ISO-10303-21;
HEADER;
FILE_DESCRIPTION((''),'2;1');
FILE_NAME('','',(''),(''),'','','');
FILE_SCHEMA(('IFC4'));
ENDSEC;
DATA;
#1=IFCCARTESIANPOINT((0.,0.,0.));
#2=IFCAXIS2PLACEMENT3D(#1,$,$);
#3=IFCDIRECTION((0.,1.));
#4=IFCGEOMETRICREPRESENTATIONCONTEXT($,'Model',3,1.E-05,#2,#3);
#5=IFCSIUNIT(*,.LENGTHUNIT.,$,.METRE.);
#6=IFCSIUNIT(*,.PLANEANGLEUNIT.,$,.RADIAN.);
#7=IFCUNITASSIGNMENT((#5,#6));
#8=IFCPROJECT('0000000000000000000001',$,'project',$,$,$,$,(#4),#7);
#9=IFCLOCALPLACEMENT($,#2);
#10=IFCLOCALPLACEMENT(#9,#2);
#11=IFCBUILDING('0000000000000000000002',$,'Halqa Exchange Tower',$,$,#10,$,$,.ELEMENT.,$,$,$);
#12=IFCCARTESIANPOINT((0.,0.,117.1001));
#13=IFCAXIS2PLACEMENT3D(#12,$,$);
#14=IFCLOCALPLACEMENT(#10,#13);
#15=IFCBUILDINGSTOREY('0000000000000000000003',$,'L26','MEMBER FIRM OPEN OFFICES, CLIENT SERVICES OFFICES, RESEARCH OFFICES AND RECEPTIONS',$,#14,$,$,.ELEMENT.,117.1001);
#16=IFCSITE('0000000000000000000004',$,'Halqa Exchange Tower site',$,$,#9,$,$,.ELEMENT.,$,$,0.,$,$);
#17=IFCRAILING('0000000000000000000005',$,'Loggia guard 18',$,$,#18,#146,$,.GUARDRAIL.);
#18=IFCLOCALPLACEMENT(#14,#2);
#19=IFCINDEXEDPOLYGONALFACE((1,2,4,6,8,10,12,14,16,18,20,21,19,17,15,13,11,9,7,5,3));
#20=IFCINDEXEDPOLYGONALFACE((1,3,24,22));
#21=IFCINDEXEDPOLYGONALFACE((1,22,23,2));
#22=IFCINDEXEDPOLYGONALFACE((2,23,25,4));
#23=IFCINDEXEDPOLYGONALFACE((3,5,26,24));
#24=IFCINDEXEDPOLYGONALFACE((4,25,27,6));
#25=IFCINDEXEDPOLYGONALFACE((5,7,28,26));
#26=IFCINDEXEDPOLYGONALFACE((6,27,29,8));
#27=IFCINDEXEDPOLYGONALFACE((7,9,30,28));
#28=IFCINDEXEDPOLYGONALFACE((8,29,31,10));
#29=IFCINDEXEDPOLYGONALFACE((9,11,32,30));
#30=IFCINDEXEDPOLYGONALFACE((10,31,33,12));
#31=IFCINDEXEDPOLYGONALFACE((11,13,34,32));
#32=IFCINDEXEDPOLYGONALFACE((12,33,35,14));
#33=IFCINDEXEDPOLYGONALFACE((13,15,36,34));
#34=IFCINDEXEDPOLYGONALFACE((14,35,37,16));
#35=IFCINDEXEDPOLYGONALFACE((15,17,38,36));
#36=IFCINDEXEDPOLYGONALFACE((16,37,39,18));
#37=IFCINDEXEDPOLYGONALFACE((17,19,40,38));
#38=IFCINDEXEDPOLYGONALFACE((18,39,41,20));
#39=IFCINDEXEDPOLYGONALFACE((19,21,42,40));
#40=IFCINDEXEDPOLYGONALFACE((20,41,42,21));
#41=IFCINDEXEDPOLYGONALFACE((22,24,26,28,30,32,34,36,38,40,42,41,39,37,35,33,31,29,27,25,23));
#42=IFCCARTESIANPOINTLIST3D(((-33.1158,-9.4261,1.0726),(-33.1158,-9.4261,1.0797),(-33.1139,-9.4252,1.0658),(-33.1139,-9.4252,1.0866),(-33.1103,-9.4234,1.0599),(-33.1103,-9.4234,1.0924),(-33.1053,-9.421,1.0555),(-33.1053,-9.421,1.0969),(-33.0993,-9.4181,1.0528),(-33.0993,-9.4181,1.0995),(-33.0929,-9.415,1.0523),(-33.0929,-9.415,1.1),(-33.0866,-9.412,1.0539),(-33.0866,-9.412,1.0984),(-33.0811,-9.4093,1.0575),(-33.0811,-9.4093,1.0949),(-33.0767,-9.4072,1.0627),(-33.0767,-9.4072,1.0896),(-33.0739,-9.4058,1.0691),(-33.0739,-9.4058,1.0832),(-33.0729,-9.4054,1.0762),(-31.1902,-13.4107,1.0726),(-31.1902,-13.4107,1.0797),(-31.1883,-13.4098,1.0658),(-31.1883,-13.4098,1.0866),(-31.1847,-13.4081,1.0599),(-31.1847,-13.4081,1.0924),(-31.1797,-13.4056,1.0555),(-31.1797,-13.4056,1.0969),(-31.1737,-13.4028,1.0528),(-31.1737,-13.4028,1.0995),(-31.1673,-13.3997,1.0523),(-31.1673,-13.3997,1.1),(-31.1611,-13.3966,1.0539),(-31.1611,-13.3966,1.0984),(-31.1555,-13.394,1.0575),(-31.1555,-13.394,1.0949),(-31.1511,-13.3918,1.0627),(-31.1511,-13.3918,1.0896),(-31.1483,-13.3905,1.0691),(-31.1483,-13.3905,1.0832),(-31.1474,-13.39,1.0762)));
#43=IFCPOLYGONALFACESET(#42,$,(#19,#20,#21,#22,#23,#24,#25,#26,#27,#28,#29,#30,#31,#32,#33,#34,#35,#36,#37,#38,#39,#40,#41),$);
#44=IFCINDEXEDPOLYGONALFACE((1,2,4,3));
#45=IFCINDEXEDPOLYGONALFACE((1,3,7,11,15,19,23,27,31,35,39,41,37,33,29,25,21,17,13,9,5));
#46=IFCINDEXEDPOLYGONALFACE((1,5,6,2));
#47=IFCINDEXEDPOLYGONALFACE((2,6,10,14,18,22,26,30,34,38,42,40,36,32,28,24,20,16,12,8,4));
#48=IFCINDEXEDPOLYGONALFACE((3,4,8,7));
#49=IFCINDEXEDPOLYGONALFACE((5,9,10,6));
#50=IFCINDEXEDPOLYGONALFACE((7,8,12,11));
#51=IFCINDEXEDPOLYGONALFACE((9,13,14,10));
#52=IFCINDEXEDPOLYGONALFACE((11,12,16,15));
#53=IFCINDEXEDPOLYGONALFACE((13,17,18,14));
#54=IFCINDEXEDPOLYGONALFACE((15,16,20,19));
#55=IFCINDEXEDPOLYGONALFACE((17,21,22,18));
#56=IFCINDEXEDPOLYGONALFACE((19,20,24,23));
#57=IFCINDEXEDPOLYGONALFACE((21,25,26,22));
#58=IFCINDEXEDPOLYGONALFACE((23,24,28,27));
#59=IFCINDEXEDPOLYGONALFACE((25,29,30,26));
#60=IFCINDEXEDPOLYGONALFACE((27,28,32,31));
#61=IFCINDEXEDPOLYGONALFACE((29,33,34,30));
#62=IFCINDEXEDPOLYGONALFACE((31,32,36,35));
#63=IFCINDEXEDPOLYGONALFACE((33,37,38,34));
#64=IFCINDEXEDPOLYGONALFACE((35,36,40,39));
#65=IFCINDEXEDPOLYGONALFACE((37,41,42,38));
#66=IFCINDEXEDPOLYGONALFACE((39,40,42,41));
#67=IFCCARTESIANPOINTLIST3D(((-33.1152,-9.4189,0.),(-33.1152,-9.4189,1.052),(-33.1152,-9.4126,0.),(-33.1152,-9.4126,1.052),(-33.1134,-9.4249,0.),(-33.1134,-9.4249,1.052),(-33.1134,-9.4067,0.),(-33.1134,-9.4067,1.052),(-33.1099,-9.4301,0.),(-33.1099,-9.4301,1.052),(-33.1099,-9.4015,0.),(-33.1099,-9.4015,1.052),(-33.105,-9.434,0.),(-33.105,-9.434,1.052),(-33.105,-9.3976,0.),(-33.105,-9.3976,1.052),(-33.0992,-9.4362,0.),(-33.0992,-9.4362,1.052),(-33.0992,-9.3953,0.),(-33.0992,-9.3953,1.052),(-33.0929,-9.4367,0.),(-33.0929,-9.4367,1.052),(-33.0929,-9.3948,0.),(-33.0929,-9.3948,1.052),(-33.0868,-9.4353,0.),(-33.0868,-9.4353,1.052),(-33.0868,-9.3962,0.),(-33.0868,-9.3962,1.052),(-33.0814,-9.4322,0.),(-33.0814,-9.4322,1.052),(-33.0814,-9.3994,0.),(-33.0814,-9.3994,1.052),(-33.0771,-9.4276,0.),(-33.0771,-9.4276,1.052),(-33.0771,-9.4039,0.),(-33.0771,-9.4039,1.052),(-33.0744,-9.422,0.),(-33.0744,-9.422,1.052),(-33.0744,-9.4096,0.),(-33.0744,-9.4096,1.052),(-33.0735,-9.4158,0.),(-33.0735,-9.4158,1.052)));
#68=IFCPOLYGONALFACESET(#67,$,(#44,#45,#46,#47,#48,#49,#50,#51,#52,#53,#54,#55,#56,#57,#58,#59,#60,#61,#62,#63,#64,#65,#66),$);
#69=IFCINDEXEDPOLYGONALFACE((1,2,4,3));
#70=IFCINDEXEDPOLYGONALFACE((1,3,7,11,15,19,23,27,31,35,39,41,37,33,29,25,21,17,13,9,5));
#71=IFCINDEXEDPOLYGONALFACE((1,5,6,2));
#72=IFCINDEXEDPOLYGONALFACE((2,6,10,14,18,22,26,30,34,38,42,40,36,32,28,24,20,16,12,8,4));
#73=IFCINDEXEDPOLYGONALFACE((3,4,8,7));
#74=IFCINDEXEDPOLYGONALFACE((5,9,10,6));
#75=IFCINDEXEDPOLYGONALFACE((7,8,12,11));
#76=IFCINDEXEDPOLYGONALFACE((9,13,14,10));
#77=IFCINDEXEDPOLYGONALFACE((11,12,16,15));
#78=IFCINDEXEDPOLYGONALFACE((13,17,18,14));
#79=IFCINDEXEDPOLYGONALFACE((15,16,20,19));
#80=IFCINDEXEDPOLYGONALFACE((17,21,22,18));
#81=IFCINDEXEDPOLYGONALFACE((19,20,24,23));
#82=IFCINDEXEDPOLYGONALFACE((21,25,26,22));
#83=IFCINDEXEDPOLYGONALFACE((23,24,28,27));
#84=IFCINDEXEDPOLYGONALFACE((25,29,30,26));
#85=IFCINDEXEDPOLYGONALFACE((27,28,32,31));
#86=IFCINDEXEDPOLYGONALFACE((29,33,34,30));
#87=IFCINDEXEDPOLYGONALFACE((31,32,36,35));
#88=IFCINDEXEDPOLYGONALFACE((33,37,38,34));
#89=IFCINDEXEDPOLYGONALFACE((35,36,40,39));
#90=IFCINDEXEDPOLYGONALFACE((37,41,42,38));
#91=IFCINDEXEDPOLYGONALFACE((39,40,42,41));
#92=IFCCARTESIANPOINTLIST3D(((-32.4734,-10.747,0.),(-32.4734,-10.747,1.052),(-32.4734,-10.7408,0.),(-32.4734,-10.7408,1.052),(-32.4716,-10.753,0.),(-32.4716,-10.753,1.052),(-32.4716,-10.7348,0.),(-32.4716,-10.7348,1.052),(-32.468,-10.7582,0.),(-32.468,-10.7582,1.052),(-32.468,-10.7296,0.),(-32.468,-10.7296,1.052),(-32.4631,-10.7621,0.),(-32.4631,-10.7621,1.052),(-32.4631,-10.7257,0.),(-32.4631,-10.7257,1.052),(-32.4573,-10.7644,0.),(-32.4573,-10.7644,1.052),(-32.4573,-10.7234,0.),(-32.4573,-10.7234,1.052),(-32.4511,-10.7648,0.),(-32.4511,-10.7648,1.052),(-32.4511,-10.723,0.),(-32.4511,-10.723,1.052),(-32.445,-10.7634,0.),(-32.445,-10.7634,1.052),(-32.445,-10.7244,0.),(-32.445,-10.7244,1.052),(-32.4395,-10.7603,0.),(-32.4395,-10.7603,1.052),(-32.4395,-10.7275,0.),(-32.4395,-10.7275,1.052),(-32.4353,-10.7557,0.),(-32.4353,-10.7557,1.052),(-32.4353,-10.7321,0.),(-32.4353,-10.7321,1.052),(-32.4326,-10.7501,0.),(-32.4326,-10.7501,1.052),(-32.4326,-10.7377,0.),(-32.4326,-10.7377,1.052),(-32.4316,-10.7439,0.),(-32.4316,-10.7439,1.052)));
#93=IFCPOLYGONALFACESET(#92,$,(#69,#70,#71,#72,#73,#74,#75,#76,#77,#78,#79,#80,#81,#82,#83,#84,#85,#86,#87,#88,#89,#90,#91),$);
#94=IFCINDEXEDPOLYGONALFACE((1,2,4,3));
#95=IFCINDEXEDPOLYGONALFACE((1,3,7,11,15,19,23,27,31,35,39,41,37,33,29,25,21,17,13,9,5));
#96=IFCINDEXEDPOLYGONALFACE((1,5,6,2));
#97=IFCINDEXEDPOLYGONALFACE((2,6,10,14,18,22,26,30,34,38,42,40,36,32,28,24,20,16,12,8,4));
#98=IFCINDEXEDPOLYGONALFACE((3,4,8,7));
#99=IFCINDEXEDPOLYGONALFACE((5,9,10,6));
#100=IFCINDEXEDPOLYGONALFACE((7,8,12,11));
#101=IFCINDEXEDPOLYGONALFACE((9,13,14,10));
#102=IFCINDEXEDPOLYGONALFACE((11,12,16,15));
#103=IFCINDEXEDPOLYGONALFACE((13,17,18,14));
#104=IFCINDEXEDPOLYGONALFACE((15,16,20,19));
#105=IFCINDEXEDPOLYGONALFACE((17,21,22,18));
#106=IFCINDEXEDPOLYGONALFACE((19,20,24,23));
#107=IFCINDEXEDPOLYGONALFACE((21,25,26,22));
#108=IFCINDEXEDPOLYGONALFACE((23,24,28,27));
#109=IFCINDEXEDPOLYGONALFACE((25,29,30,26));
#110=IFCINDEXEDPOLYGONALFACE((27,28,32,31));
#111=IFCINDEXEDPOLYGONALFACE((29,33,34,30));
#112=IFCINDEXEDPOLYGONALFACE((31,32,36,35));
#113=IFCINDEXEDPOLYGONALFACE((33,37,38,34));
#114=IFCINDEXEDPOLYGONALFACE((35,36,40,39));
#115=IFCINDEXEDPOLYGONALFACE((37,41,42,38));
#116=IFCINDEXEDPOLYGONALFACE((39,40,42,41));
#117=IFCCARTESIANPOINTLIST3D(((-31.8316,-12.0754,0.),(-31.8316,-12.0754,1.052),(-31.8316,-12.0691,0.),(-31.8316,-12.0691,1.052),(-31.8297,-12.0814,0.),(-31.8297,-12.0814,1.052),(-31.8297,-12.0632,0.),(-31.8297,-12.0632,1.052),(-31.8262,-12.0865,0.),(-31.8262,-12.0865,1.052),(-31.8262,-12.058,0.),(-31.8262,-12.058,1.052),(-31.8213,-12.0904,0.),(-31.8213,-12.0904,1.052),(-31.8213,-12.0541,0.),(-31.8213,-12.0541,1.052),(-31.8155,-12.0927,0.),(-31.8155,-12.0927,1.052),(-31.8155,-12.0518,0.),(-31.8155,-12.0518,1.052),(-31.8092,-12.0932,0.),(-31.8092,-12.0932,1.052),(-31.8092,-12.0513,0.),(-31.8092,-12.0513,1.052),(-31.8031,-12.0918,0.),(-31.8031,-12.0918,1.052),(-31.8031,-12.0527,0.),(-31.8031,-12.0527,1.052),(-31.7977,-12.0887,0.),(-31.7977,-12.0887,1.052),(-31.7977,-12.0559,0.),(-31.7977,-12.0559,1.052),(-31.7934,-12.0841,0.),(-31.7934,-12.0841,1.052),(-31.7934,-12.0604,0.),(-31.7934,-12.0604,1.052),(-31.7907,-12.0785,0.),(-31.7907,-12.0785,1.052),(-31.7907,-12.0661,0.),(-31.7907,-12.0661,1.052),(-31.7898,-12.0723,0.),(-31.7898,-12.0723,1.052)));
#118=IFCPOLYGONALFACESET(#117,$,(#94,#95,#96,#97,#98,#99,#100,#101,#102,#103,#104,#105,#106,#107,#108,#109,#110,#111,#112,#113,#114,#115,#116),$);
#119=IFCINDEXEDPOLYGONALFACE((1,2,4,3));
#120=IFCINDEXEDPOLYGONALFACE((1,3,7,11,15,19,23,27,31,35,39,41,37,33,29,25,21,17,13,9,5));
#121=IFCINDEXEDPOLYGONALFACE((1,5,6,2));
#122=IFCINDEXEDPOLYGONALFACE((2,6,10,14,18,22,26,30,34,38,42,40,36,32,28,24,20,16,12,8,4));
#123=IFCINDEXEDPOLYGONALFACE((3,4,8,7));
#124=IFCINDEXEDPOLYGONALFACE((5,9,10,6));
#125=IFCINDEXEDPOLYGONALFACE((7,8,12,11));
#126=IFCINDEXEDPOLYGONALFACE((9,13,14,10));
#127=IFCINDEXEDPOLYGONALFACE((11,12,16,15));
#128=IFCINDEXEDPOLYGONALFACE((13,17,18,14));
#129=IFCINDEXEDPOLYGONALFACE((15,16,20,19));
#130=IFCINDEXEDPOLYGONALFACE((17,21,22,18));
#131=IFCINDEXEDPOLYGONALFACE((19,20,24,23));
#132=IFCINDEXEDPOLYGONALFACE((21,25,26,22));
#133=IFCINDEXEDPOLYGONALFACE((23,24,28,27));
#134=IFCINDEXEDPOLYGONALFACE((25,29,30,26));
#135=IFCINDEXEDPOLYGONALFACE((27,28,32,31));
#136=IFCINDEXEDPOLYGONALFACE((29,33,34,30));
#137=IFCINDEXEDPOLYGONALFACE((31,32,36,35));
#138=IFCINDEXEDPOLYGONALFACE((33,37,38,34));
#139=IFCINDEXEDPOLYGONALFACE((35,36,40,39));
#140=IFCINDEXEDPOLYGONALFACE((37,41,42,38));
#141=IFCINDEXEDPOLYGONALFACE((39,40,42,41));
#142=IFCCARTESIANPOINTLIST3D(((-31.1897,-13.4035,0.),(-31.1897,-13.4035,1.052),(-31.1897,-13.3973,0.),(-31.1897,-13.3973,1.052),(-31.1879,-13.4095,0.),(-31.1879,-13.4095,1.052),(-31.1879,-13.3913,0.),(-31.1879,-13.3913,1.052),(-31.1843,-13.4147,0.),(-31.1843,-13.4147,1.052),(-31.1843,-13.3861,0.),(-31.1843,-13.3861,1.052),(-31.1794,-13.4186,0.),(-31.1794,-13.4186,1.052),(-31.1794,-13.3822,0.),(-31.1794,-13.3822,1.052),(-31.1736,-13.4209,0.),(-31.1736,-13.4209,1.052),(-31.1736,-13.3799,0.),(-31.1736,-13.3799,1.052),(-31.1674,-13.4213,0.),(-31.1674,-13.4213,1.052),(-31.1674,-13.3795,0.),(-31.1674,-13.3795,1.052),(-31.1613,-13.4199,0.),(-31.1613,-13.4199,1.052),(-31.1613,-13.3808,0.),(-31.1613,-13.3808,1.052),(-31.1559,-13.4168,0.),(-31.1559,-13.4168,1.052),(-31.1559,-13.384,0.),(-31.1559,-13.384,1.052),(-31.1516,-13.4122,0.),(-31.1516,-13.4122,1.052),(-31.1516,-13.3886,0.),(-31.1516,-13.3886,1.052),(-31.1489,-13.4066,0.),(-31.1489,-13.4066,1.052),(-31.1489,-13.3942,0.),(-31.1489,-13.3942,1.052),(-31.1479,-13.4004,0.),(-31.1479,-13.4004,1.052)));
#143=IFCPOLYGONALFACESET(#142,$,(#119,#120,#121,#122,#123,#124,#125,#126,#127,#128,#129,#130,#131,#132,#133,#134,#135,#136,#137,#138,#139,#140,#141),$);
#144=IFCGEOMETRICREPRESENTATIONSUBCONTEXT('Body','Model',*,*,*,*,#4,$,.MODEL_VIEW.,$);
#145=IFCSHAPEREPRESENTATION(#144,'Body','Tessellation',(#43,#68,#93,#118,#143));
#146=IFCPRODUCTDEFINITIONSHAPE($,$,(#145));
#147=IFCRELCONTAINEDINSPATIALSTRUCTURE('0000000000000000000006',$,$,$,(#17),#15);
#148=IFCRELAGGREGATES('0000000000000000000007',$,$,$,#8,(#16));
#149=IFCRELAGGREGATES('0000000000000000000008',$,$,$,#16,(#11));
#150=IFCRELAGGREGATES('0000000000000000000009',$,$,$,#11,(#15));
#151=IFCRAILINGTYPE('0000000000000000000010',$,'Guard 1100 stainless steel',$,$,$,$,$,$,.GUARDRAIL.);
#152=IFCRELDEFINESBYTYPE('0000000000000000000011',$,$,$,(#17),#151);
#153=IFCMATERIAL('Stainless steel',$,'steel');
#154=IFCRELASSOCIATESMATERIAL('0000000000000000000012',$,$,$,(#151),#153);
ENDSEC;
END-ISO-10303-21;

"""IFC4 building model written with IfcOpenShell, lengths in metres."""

from ifc_helpers import new_model, si_unit, direction, frame, origin, origin_2d, place, context, subcontext, project, spatial, circle, extrude, material, type_object, element, save


model = new_model("IFC4")

# Units and contexts
model_context = context("Model", 3, precision=1e-05, world=origin(), true_north=direction((0.0, 1.0)))
body_context = subcontext(model_context, "Body", "Model", "MODEL_VIEW")
ifc_project = project(units=[si_unit("LENGTHUNIT", "METRE"), si_unit("PLANEANGLEUNIT", "RADIAN")], contexts=[model_context])

# Site, building, storey
site_placement = place(None, origin())
site = spatial("IfcSite", under=ifc_project, at=site_placement, Name="Halqa Exchange Tower site", CompositionType="ELEMENT", RefElevation=0.0)
building_placement = place(site_placement, origin())
building = spatial("IfcBuilding", under=site, at=building_placement, Name="Halqa Exchange Tower", CompositionType="ELEMENT")
storey_placement = place(building_placement, frame((0.0, 0.0, 117.1001)))
storey = spatial("IfcBuildingStorey", under=building, at=storey_placement, Name="L26", Description="MEMBER FIRM OPEN OFFICES, CLIENT SERVICES OFFICES, RESEARCH OFFICES AND RECEPTIONS", CompositionType="ELEMENT", Elevation=117.1001)

# Railing
ifc_material_1 = material(Name="Stainless steel", Category="steel")
railing_type = type_object("IfcRailingType", Name="Guard 1100 stainless steel", PredefinedType="GUARDRAIL", material=ifc_material_1)
railing_1_placement = place(storey_placement, frame((-33.0945, -9.4158, 0.0)))
element("IfcRailing", 1, at=railing_1_placement, inside=storey, type_object=railing_type, Name="Loggia guard 18", PredefinedType="GUARDRAIL", context=body_context, shape_type="SweptSolid", body=[
    extrude(circle(Radius=0.0239, at=origin_2d()), frame((0.0, 0.0, 1.0762), z_axis=(0.435102, -0.900381, 0.0), x_axis=(0.900381, 0.435102, 0.0)), (0.0, 0.0, 1.0), 4.4255),
    extrude(circle(Radius=0.021, at=origin_2d()), origin(), (0.0, 0.0, 1.0), 1.052),
    extrude(circle(Radius=0.021, at=origin_2d()), frame((0.6418, -1.3281, 0.0)), (0.0, 0.0, 1.0), 1.052),
    extrude(circle(Radius=0.021, at=origin_2d()), frame((1.2837, -2.6565, 0.0)), (0.0, 0.0, 1.0), 1.052),
    extrude(circle(Radius=0.021, at=origin_2d()), frame((1.9255, -3.9846, 0.0)), (0.0, 0.0, 1.0), 1.052),
])

save(model, "model.ifc")
